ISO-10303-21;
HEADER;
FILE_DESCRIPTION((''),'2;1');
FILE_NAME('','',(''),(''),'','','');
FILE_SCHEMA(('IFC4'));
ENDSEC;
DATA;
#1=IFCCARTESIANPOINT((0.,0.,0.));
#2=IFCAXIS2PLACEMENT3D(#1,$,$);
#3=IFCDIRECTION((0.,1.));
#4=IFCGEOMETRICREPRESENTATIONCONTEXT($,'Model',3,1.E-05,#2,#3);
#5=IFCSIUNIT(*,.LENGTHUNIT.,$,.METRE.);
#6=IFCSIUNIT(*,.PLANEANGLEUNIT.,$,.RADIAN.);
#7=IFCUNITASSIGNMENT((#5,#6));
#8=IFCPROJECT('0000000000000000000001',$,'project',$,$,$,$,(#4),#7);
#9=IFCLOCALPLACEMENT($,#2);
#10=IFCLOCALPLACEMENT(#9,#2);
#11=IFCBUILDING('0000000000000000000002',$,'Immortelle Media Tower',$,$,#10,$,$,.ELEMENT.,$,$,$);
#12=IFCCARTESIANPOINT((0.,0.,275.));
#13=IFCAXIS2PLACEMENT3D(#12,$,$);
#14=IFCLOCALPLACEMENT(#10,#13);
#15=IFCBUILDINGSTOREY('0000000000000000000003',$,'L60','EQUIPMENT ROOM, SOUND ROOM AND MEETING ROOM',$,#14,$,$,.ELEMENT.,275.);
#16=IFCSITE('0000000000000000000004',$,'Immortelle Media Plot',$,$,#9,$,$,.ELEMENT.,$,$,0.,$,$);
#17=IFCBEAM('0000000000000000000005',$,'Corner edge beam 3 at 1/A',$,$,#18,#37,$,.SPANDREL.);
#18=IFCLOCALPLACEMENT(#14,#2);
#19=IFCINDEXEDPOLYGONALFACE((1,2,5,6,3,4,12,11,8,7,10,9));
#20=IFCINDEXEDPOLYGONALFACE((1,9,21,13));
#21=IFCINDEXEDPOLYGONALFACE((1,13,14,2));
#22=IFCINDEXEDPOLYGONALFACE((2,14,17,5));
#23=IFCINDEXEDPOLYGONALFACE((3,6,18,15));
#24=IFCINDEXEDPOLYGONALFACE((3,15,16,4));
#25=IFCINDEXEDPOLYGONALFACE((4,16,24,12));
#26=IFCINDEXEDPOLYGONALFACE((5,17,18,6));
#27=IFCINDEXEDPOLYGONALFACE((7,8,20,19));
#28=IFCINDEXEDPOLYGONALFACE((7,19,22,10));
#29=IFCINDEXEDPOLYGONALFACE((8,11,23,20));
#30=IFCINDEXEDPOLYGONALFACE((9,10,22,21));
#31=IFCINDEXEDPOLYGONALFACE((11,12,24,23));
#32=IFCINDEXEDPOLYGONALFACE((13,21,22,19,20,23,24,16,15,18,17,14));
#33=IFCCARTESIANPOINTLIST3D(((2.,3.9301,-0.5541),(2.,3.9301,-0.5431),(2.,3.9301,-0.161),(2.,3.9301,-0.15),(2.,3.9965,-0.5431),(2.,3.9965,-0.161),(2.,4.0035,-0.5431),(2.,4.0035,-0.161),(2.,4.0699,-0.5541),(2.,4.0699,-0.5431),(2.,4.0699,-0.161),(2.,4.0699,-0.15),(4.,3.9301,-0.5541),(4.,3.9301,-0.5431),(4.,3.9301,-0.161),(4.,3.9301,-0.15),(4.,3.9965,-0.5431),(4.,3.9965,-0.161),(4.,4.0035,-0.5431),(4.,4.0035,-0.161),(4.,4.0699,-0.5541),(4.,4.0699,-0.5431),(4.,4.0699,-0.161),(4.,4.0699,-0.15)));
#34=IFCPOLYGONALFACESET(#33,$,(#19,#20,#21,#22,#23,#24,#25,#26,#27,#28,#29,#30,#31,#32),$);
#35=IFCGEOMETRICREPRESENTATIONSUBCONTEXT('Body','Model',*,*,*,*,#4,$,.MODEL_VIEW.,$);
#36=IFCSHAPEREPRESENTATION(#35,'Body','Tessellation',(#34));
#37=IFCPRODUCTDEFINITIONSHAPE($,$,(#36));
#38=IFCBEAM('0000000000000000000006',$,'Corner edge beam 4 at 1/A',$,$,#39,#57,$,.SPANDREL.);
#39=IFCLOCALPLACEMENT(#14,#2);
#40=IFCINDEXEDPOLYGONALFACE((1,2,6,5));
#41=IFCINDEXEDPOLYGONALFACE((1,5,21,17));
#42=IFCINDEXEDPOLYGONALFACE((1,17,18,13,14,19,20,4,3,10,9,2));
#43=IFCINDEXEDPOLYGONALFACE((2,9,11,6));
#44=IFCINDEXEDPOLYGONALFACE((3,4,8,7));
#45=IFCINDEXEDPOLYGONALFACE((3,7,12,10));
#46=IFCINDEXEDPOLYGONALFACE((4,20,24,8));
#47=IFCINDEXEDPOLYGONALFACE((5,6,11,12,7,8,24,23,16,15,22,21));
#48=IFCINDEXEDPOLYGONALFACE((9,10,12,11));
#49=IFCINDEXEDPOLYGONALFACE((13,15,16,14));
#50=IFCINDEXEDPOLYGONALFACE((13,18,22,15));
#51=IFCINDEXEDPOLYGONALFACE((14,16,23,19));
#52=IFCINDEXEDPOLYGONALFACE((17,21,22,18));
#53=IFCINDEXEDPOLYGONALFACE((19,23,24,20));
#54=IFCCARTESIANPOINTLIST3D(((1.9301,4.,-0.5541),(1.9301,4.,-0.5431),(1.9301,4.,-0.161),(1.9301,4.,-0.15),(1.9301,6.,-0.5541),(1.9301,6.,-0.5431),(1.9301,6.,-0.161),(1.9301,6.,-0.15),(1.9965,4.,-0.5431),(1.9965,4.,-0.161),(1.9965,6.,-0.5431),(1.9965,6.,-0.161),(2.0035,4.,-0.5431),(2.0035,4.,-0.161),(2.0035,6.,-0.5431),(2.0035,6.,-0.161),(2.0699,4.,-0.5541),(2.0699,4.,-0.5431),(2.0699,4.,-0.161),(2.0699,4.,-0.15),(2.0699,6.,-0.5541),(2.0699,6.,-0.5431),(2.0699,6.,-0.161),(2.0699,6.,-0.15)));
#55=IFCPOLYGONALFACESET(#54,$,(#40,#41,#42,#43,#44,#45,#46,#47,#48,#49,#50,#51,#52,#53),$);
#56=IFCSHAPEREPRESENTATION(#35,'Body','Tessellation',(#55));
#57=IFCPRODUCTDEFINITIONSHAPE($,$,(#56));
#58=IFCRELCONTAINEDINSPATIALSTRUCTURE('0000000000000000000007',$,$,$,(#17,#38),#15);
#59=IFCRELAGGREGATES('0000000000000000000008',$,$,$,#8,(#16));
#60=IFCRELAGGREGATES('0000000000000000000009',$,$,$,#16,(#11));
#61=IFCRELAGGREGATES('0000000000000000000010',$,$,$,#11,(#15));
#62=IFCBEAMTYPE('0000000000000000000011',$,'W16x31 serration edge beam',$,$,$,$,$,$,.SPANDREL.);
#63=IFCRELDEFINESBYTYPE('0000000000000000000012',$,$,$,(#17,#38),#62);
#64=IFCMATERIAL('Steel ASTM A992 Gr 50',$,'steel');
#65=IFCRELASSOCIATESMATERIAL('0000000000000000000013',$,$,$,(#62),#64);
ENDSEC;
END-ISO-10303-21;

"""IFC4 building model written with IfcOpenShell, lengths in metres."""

from ifc_helpers import new_model, si_unit, direction, frame, origin, origin_2d, place, context, subcontext, project, spatial, i_section, extrude, material, material_profile, profile_set, type_object, element, save


model = new_model("IFC4")

# Units and contexts
model_context = context("Model", 3, precision=1e-05, world=origin(), true_north=direction((0.0, 1.0)))
body_context = subcontext(model_context, "Body", "Model", "MODEL_VIEW")
ifc_project = project(units=[si_unit("LENGTHUNIT", "METRE"), si_unit("PLANEANGLEUNIT", "RADIAN")], contexts=[model_context])

# Site, building, storey
site_placement = place(None, origin())
site = spatial("IfcSite", under=ifc_project, at=site_placement, Name="Immortelle Media Plot", CompositionType="ELEMENT", RefElevation=0.0)
building_placement = place(site_placement, origin())
building = spatial("IfcBuilding", under=site, at=building_placement, Name="Immortelle Media Tower", CompositionType="ELEMENT")
storey_placement = place(building_placement, frame((0.0, 0.0, 275.0)))
storey = spatial("IfcBuildingStorey", under=building, at=storey_placement, Name="L60", Description="EQUIPMENT ROOM, SOUND ROOM AND MEETING ROOM", CompositionType="ELEMENT", Elevation=275.0)

# Beams
ifc_material_1 = material(Name="Steel ASTM A992 Gr 50", Category="steel")
ifc_material_profile = material_profile(ifc_material_1, i_section(OverallWidth=0.1399, OverallDepth=0.4041, WebThickness=0.0071, FlangeThickness=0.011, at=origin_2d()), Name="W16x31")
ifc_profile_set = profile_set([ifc_material_profile], Name="Steel ASTM A992 Gr 50")
beam_type = type_object("IfcBeamType", Name="W16x31 serration edge beam", PredefinedType="SPANDREL", material=ifc_profile_set)
for number, where, z_axis, x_axis, name in (
    (1, (4.0, 4.0, -0.3521), (-1.0, 0.0, 0.0), (0.0, -1.0, 0.0), "Corner edge beam 3 at 1/A"),
    (2, (2.0, 4.0, -0.3521), (0.0, 1.0, 0.0), (-1.0, 0.0, 0.0), "Corner edge beam 4 at 1/A"),
):
    element("IfcBeam", number, at=place(storey_placement, frame(where, z_axis=z_axis, x_axis=x_axis)), inside=storey, type_object=beam_type, Name=name, PredefinedType="SPANDREL", context=body_context, shape_type="SweptSolid", body=[
        extrude(i_section(OverallWidth=0.1399, OverallDepth=0.4041, WebThickness=0.0071, FlangeThickness=0.011, at=origin_2d()), origin(), (0.0, 0.0, 1.0), 2.0),
    ])

save(model, "model.ifc")
